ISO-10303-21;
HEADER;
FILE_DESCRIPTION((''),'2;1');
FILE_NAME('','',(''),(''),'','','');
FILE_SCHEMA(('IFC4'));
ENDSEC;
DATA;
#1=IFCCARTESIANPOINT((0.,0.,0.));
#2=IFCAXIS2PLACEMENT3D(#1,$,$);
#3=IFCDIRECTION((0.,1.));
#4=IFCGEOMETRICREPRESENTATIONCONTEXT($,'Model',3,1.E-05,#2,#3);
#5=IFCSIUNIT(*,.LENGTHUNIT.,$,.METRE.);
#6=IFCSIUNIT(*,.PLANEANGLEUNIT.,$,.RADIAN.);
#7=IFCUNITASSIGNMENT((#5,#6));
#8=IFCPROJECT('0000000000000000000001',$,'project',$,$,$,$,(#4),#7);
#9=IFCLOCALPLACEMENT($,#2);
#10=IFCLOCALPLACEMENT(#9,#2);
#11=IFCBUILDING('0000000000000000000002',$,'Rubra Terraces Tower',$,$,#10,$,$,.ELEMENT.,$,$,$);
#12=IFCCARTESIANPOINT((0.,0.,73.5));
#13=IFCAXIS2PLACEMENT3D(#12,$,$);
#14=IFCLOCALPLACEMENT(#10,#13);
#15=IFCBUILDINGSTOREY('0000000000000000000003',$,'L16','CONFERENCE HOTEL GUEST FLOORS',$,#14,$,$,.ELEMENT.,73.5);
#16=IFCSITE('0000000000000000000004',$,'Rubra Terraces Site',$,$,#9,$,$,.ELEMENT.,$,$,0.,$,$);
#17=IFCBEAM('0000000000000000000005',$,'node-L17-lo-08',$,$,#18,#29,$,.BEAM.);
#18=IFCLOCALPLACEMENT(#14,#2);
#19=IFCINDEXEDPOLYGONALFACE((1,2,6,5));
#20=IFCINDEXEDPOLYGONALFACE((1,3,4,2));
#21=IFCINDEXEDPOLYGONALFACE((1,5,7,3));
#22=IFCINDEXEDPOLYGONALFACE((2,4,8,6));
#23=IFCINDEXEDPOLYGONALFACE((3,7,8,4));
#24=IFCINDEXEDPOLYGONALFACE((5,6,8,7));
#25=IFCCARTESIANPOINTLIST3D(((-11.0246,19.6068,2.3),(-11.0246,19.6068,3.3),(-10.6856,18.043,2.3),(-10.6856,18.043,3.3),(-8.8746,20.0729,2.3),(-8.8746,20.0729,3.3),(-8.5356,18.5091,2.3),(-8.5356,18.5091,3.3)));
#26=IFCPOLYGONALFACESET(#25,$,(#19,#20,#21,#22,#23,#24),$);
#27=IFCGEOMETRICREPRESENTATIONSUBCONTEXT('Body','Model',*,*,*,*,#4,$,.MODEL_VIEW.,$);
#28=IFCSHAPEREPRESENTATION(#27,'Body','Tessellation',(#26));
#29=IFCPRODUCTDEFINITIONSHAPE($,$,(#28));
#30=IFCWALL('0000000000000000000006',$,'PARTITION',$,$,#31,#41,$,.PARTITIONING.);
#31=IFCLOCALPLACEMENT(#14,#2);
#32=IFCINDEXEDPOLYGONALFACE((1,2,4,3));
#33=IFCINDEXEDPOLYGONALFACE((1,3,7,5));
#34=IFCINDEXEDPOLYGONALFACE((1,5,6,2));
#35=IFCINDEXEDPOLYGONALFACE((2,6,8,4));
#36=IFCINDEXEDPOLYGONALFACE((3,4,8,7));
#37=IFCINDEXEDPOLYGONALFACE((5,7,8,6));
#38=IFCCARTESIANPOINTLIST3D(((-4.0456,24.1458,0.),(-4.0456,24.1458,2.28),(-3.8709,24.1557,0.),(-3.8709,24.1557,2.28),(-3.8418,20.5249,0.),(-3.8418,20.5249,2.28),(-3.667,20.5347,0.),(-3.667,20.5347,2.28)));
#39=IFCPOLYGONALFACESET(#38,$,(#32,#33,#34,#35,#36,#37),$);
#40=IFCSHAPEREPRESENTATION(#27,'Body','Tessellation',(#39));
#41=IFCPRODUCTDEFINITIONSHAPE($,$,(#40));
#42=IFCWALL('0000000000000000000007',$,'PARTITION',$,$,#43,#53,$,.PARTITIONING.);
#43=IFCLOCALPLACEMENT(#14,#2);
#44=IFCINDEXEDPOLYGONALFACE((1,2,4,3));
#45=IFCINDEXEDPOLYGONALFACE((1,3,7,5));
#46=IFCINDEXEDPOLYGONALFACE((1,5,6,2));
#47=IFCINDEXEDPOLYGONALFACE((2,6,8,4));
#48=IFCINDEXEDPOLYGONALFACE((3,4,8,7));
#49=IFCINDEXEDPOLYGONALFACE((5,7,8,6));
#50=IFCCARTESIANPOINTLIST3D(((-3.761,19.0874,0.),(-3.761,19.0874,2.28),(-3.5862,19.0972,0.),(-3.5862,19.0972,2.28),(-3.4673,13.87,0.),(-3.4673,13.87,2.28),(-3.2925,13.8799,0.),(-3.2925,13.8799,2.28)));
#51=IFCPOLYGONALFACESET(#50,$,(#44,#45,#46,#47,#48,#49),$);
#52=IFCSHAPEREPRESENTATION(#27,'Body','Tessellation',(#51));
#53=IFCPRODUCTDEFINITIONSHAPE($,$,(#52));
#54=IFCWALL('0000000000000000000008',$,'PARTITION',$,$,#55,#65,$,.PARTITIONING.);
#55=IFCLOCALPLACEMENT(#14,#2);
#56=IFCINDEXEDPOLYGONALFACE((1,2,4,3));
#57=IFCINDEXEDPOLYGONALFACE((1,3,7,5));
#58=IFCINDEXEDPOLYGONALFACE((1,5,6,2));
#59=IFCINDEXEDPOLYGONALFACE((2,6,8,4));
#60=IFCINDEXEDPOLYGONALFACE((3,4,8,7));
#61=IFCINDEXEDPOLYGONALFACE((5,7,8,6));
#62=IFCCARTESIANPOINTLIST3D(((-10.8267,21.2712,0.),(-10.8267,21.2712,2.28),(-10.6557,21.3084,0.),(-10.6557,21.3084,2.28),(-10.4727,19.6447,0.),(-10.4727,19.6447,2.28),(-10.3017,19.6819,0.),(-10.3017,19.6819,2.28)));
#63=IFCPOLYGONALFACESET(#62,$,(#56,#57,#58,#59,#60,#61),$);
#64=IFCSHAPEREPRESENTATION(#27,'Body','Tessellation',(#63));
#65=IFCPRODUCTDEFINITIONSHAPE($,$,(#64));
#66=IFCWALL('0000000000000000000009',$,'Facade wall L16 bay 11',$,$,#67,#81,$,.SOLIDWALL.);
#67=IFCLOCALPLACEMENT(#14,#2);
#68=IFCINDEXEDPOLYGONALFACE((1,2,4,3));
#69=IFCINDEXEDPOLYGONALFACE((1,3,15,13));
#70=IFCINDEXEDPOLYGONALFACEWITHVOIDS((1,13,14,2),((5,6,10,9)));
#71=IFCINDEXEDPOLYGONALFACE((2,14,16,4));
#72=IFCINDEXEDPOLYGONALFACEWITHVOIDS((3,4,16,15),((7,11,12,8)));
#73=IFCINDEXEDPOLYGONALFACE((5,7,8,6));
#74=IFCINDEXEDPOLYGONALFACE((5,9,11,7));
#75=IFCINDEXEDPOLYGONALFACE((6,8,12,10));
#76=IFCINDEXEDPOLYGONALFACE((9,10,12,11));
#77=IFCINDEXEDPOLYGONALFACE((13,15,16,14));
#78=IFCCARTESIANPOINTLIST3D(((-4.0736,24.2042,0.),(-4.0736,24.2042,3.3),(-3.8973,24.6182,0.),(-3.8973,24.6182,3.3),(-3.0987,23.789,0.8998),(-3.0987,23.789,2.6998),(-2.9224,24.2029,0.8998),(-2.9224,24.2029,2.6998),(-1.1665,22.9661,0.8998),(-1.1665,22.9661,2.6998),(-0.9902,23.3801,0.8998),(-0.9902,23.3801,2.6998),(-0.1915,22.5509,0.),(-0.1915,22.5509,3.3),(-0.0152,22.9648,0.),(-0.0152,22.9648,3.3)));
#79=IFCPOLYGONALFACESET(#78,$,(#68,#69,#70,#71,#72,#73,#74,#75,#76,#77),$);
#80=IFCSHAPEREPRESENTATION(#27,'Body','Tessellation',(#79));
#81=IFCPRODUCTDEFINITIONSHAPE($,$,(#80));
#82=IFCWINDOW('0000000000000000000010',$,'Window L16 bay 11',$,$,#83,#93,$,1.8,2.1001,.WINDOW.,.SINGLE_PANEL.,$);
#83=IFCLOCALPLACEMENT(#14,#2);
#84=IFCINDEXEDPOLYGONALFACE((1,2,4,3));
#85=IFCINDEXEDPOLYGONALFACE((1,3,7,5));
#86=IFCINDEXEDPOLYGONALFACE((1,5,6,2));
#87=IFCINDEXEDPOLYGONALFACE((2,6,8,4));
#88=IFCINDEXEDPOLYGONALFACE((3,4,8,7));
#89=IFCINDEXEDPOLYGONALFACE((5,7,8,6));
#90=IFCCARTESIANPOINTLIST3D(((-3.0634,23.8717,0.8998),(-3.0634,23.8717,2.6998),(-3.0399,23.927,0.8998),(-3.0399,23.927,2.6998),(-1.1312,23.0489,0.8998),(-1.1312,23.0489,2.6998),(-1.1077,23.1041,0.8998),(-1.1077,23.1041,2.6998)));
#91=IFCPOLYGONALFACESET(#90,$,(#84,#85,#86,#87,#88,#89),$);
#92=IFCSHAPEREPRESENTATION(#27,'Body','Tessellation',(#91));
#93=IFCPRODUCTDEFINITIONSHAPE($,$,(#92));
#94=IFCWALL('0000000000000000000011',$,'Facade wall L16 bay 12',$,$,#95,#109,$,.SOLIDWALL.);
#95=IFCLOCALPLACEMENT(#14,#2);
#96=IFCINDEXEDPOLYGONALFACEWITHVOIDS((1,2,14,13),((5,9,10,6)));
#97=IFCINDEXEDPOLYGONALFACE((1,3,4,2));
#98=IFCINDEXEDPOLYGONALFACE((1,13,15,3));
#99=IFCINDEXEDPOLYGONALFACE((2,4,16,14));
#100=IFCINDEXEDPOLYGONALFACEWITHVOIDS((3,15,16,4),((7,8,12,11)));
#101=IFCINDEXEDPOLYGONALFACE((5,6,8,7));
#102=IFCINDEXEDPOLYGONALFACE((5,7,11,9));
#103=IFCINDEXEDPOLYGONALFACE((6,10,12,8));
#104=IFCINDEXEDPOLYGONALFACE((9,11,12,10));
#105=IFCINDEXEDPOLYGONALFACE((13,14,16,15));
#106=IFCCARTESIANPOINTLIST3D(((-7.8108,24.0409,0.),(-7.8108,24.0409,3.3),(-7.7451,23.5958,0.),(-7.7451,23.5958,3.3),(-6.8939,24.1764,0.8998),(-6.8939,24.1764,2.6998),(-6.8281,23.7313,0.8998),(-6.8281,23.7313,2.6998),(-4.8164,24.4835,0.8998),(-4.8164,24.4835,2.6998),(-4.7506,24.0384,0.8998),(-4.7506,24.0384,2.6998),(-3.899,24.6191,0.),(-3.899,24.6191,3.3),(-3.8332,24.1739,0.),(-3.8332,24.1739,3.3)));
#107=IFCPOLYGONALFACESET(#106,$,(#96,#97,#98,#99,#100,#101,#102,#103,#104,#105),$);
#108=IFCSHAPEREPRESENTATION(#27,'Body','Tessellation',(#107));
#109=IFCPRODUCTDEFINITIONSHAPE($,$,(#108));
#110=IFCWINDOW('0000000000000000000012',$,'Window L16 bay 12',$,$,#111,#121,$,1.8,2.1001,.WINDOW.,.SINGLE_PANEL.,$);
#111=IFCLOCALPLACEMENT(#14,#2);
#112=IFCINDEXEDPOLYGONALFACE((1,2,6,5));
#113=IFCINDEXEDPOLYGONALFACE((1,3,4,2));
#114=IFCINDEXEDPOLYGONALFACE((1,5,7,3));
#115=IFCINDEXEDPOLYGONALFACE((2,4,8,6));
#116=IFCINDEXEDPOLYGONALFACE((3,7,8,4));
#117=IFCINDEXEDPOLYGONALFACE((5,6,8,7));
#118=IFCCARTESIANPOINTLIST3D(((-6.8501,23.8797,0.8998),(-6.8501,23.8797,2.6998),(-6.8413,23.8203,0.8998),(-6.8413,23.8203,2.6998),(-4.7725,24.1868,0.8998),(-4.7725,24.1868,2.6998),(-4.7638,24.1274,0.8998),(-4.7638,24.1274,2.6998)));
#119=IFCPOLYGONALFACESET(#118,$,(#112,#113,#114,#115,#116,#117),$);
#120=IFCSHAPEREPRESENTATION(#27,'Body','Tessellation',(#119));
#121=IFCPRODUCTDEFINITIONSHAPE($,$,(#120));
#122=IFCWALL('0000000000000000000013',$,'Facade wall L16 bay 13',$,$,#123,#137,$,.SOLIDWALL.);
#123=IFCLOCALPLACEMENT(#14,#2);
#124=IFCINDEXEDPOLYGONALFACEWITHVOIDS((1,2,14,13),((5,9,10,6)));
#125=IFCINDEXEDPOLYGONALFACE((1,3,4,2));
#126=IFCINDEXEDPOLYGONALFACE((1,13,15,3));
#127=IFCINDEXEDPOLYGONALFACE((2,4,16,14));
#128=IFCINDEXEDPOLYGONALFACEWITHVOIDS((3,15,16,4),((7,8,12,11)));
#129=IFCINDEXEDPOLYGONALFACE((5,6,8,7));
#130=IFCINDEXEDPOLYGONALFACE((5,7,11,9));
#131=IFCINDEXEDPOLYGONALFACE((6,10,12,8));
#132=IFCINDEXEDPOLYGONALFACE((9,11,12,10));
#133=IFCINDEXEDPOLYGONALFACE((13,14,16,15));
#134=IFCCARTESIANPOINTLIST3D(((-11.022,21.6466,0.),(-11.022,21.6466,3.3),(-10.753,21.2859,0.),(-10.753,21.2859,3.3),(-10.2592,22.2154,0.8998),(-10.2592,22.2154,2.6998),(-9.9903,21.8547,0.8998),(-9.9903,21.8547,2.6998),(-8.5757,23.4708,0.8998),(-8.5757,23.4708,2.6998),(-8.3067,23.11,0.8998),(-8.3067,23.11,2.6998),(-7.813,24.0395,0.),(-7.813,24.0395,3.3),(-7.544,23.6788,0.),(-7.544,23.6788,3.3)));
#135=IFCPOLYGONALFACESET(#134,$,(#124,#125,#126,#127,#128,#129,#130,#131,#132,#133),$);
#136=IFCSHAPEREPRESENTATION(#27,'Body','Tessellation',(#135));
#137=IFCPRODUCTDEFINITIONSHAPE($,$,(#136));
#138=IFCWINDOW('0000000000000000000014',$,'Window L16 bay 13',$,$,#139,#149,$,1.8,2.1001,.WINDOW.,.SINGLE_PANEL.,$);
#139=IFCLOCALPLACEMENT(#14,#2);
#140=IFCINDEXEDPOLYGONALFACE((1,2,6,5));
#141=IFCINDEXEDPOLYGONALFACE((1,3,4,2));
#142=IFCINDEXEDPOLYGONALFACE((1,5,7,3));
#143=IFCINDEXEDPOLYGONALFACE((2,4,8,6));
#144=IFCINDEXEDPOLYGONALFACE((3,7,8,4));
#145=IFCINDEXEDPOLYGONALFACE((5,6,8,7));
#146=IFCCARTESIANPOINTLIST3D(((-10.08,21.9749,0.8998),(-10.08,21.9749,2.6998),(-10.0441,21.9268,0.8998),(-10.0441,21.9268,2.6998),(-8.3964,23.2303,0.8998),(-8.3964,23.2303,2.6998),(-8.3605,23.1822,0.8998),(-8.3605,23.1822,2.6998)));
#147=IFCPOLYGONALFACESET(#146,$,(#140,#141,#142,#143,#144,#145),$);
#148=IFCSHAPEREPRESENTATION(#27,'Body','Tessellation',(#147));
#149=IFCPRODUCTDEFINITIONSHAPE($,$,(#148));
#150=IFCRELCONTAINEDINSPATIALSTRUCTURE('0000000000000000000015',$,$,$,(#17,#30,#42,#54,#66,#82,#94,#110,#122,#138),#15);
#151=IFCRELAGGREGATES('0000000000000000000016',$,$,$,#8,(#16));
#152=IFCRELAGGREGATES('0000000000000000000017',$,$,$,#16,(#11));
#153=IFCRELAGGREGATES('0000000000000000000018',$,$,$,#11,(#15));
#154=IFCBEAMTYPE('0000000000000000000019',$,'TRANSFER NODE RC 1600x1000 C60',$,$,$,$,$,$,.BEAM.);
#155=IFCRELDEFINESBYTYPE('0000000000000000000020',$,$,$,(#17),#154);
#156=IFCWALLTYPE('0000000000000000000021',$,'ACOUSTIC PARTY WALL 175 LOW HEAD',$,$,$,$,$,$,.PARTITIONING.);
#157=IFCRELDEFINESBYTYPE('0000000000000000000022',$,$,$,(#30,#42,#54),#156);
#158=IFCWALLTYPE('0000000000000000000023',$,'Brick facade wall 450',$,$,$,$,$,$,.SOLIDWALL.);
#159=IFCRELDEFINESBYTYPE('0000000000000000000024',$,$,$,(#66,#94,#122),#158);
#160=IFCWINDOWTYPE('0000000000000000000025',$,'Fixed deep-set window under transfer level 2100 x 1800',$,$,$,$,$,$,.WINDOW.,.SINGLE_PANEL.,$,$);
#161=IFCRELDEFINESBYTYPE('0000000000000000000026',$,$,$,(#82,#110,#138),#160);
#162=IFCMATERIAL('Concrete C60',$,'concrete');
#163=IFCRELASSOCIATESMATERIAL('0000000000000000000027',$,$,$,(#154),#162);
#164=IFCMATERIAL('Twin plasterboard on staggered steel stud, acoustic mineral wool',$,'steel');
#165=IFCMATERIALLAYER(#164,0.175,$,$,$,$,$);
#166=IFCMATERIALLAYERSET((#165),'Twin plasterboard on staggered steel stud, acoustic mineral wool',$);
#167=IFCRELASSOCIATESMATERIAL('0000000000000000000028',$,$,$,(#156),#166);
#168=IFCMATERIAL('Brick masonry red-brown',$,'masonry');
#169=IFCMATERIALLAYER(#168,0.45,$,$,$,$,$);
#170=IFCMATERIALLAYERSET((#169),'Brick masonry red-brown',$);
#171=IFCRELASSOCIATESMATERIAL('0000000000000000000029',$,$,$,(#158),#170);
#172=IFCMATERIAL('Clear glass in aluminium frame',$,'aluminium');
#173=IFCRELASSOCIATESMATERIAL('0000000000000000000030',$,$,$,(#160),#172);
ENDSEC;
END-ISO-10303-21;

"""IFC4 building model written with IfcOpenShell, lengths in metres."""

from ifc_helpers import new_model, si_unit, direction, frame, frame_2d, origin, origin_2d, place, context, subcontext, project, spatial, rectangle, extrude, material, layer, layer_set, material_profile, profile_set, type_object, element, fill, save


model = new_model("IFC4")

# Units and contexts
model_context = context("Model", 3, precision=1e-05, world=origin(), true_north=direction((0.0, 1.0)))
body_context = subcontext(model_context, "Body", "Model", "MODEL_VIEW")
ifc_project = project(units=[si_unit("LENGTHUNIT", "METRE"), si_unit("PLANEANGLEUNIT", "RADIAN")], contexts=[model_context])

# Site, building, storey
site_placement = place(None, origin())
site = spatial("IfcSite", under=ifc_project, at=site_placement, Name="Rubra Terraces Site", CompositionType="ELEMENT", RefElevation=0.0)
building_placement = place(site_placement, origin())
building = spatial("IfcBuilding", under=site, at=building_placement, Name="Rubra Terraces Tower", CompositionType="ELEMENT")
storey_placement = place(building_placement, frame((0.0, 0.0, 73.5)))
storey = spatial("IfcBuildingStorey", under=building, at=storey_placement, Name="L16", Description="CONFERENCE HOTEL GUEST FLOORS", CompositionType="ELEMENT", Elevation=73.5)

# Shared definitions
ifc_material_1 = material(Name="Concrete C60", Category="concrete")

# Beam
ifc_material_profile_1 = material_profile(ifc_material_1, rectangle(XDim=1.6001, YDim=1.0, at=origin_2d()), Name="RC 1600x1000")
ifc_profile_set_1 = profile_set([ifc_material_profile_1], Name="Concrete C60")
beam_type_1 = type_object("IfcBeamType", Name="TRANSFER NODE RC 1600x1000 C60", PredefinedType="BEAM", material=ifc_profile_set_1)
beam_1_placement = place(storey_placement, frame((-8.7051, 19.291, 2.8), z_axis=(-0.977299, -0.211863, 0.0), x_axis=(0.211863, -0.977299, 0.0)))
element("IfcBeam", 1, at=beam_1_placement, inside=storey, type_object=beam_type_1, Name="node-L17-lo-08", PredefinedType="BEAM", context=body_context, shape_type="SweptSolid", body=[
    extrude(rectangle(XDim=1.6001, YDim=1.0, at=origin_2d()), origin(), (0.0, 0.0, 1.0), 2.2),
])

# Walls
ifc_material_2 = material(Name="Twin plasterboard on staggered steel stud, acoustic mineral wool", Category="steel")
ifc_layer_1 = layer(ifc_material_2, 0.175)
ifc_layer_set_1 = layer_set([ifc_layer_1], Name="Twin plasterboard on staggered steel stud, acoustic mineral wool")
wall_type_1 = type_object("IfcWallType", Name="ACOUSTIC PARTY WALL 175 LOW HEAD", PredefinedType="PARTITIONING", material=ifc_layer_set_1)
wall_1_placement = place(storey_placement, frame((-3.9583, 24.1509, 0.0), z_axis=(0.0, 0.0, 1.0), x_axis=(0.056208, -0.998419, 0.0)))
element("IfcWall", 2, at=wall_1_placement, inside=storey, type_object=wall_type_1, Name="PARTITION", PredefinedType="PARTITIONING", context=body_context, shape_type="SweptSolid", body=[
    extrude(rectangle(XDim=3.6267, YDim=0.175, at=frame_2d((1.8135, 0.0))), origin(), (0.0, 0.0, 1.0), 2.28),
])
wall_2_placement = place(storey_placement, frame((-3.6736, 19.0923, 0.0), z_axis=(0.0, 0.0, 1.0), x_axis=(0.056205, -0.998419, 0.0)))
element("IfcWall", 3, at=wall_2_placement, inside=storey, type_object=wall_type_1, Name="PARTITION", PredefinedType="PARTITIONING", context=body_context, shape_type="SweptSolid", body=[
    extrude(rectangle(XDim=5.2256, YDim=0.175, at=frame_2d((2.6128, 0.0))), origin(), (0.0, 0.0, 1.0), 2.28),
])
wall_3_placement = place(storey_placement, frame((-10.7412, 21.2898, 0.0), z_axis=(0.0, 0.0, 1.0), x_axis=(0.212673, -0.977123, 0.0)))
element("IfcWall", 4, at=wall_3_placement, inside=storey, type_object=wall_type_1, Name="PARTITION", PredefinedType="PARTITIONING", context=body_context, shape_type="SweptSolid", body=[
    extrude(rectangle(XDim=1.6646, YDim=0.175, at=frame_2d((0.8323, 0.0))), origin(), (0.0, 0.0, 1.0), 2.28),
])

# Walls, openings, windows
ifc_material_3 = material(Name="Brick masonry red-brown", Category="masonry")
ifc_layer_2 = layer(ifc_material_3, 0.45)
ifc_layer_set_2 = layer_set([ifc_layer_2], Name="Brick masonry red-brown")
wall_type_2 = type_object("IfcWallType", Name="Brick facade wall 450", PredefinedType="SOLIDWALL", material=ifc_layer_set_2)
wall_4_placement = place(storey_placement, frame((-0.1033, 22.7578, 0.0), z_axis=(0.0, 0.0, 1.0), x_axis=(-0.920037, 0.39183, 0.0)))
wall_4 = element("IfcWall", 5, at=wall_4_placement, inside=storey, type_object=wall_type_2, Name="Facade wall L16 bay 11", PredefinedType="SOLIDWALL", context=body_context, shape_type="SweptSolid", body=[
    extrude(rectangle(XDim=4.2195, YDim=0.45, at=frame_2d((2.1099, 0.0))), origin(), (0.0, 0.0, 1.0), 3.3),
])
opening_1_placement = place(wall_4_placement, frame((1.0598, 0.0, 0.8999)))
opening_1 = element("IfcOpeningElement", 6, at=opening_1_placement, cuts=wall_4, PredefinedType="OPENING", context=body_context, shape_type="SweptSolid", body=[
    extrude(rectangle(XDim=2.1001, YDim=1.8, at=frame_2d((1.05, 0.8999))), frame((0.0, 0.2349, 0.0), z_axis=(0.0, -1.0, 0.0), x_axis=(1.0, 0.0, 0.0)), (0.0, 0.0, 1.0), 0.47),
])
ifc_material_4 = material(Name="Clear glass in aluminium frame", Category="aluminium")
window_type = type_object("IfcWindowType", Name="Fixed deep-set window under transfer level 2100 x 1800", PartitioningType="SINGLE_PANEL", PredefinedType="WINDOW", material=ifc_material_4)
window_1_placement = place(opening_1_placement, origin())
window_1 = element("IfcWindow", 7, at=window_1_placement, inside=storey, type_object=window_type, Name="Window L16 bay 11", OverallHeight=1.8, OverallWidth=2.1001, PartitioningType="SINGLE_PANEL", PredefinedType="WINDOW", context=body_context, shape_type="SweptSolid", body=[
    extrude(rectangle(XDim=2.1001, YDim=1.8, at=frame_2d((1.05, 0.8999))), frame((0.0, 0.135, 0.0), z_axis=(0.0, -1.0, 0.0), x_axis=(1.0, 0.0, 0.0)), (0.0, 0.0, 1.0), 0.0601),
])
fill(opening_1, window_1)
wall_5_placement = place(storey_placement, frame((-3.8662, 24.3965, 0.0), z_axis=(0.0, 0.0, 1.0), x_axis=(-0.989255, -0.1462, 0.0)))
wall_5 = element("IfcWall", 8, at=wall_5_placement, inside=storey, type_object=wall_type_2, Name="Facade wall L16 bay 12", PredefinedType="SOLIDWALL", context=body_context, shape_type="SweptSolid", body=[
    extrude(rectangle(XDim=3.9543, YDim=0.45, at=frame_2d((1.9771, 0.0))), origin(), (0.0, 0.0, 1.0), 3.3),
])
opening_2_placement = place(wall_5_placement, frame((0.9272, 0.0, 0.8999)))
opening_2 = element("IfcOpeningElement", 9, at=opening_2_placement, cuts=wall_5, PredefinedType="OPENING", context=body_context, shape_type="SweptSolid", body=[
    extrude(rectangle(XDim=2.1001, YDim=1.8, at=frame_2d((1.05, 0.8999))), frame((0.0, 0.2349, 0.0), z_axis=(0.0, -1.0, 0.0), x_axis=(1.0, 0.0, 0.0)), (0.0, 0.0, 1.0), 0.47),
])
window_2_placement = place(opening_2_placement, origin())
window_2 = element("IfcWindow", 10, at=window_2_placement, inside=storey, type_object=window_type, Name="Window L16 bay 12", OverallHeight=1.8, OverallWidth=2.1001, PartitioningType="SINGLE_PANEL", PredefinedType="WINDOW", context=body_context, shape_type="SweptSolid", body=[
    extrude(rectangle(XDim=2.1001, YDim=1.8, at=frame_2d((1.05, 0.8999))), frame((0.0, 0.135, 0.0), z_axis=(0.0, -1.0, 0.0), x_axis=(1.0, 0.0, 0.0)), (0.0, 0.0, 1.0), 0.0601),
])
fill(opening_2, window_2)
wall_6_placement = place(storey_placement, frame((-7.6785, 23.8591, 0.0), z_axis=(0.0, 0.0, 1.0), x_axis=(-0.801666, -0.597773, 0.0)))
wall_6 = element("IfcWall", 11, at=wall_6_placement, inside=storey, type_object=wall_type_2, Name="Facade wall L16 bay 13", PredefinedType="SOLIDWALL", context=body_context, shape_type="SweptSolid", body=[
    extrude(rectangle(XDim=4.0029, YDim=0.45, at=frame_2d((2.0015, 0.0))), origin(), (0.0, 0.0, 1.0), 3.3),
])
opening_3_placement = place(wall_6_placement, frame((0.9514, 0.0, 0.8999)))
opening_3 = element("IfcOpeningElement", 12, at=opening_3_placement, cuts=wall_6, PredefinedType="OPENING", context=body_context, shape_type="SweptSolid", body=[
    extrude(rectangle(XDim=2.1001, YDim=1.8, at=frame_2d((1.05, 0.8999))), frame((0.0, 0.2349, 0.0), z_axis=(0.0, -1.0, 0.0), x_axis=(1.0, 0.0, 0.0)), (0.0, 0.0, 1.0), 0.47),
])
window_3_placement = place(opening_3_placement, origin())
window_3 = element("IfcWindow", 13, at=window_3_placement, inside=storey, type_object=window_type, Name="Window L16 bay 13", OverallHeight=1.8, OverallWidth=2.1001, PartitioningType="SINGLE_PANEL", PredefinedType="WINDOW", context=body_context, shape_type="SweptSolid", body=[
    extrude(rectangle(XDim=2.1001, YDim=1.8, at=frame_2d((1.05, 0.8999))), frame((0.0, 0.135, 0.0), z_axis=(0.0, -1.0, 0.0), x_axis=(1.0, 0.0, 0.0)), (0.0, 0.0, 1.0), 0.0601),
])
fill(opening_3, window_3)

save(model, "model.ifc")
